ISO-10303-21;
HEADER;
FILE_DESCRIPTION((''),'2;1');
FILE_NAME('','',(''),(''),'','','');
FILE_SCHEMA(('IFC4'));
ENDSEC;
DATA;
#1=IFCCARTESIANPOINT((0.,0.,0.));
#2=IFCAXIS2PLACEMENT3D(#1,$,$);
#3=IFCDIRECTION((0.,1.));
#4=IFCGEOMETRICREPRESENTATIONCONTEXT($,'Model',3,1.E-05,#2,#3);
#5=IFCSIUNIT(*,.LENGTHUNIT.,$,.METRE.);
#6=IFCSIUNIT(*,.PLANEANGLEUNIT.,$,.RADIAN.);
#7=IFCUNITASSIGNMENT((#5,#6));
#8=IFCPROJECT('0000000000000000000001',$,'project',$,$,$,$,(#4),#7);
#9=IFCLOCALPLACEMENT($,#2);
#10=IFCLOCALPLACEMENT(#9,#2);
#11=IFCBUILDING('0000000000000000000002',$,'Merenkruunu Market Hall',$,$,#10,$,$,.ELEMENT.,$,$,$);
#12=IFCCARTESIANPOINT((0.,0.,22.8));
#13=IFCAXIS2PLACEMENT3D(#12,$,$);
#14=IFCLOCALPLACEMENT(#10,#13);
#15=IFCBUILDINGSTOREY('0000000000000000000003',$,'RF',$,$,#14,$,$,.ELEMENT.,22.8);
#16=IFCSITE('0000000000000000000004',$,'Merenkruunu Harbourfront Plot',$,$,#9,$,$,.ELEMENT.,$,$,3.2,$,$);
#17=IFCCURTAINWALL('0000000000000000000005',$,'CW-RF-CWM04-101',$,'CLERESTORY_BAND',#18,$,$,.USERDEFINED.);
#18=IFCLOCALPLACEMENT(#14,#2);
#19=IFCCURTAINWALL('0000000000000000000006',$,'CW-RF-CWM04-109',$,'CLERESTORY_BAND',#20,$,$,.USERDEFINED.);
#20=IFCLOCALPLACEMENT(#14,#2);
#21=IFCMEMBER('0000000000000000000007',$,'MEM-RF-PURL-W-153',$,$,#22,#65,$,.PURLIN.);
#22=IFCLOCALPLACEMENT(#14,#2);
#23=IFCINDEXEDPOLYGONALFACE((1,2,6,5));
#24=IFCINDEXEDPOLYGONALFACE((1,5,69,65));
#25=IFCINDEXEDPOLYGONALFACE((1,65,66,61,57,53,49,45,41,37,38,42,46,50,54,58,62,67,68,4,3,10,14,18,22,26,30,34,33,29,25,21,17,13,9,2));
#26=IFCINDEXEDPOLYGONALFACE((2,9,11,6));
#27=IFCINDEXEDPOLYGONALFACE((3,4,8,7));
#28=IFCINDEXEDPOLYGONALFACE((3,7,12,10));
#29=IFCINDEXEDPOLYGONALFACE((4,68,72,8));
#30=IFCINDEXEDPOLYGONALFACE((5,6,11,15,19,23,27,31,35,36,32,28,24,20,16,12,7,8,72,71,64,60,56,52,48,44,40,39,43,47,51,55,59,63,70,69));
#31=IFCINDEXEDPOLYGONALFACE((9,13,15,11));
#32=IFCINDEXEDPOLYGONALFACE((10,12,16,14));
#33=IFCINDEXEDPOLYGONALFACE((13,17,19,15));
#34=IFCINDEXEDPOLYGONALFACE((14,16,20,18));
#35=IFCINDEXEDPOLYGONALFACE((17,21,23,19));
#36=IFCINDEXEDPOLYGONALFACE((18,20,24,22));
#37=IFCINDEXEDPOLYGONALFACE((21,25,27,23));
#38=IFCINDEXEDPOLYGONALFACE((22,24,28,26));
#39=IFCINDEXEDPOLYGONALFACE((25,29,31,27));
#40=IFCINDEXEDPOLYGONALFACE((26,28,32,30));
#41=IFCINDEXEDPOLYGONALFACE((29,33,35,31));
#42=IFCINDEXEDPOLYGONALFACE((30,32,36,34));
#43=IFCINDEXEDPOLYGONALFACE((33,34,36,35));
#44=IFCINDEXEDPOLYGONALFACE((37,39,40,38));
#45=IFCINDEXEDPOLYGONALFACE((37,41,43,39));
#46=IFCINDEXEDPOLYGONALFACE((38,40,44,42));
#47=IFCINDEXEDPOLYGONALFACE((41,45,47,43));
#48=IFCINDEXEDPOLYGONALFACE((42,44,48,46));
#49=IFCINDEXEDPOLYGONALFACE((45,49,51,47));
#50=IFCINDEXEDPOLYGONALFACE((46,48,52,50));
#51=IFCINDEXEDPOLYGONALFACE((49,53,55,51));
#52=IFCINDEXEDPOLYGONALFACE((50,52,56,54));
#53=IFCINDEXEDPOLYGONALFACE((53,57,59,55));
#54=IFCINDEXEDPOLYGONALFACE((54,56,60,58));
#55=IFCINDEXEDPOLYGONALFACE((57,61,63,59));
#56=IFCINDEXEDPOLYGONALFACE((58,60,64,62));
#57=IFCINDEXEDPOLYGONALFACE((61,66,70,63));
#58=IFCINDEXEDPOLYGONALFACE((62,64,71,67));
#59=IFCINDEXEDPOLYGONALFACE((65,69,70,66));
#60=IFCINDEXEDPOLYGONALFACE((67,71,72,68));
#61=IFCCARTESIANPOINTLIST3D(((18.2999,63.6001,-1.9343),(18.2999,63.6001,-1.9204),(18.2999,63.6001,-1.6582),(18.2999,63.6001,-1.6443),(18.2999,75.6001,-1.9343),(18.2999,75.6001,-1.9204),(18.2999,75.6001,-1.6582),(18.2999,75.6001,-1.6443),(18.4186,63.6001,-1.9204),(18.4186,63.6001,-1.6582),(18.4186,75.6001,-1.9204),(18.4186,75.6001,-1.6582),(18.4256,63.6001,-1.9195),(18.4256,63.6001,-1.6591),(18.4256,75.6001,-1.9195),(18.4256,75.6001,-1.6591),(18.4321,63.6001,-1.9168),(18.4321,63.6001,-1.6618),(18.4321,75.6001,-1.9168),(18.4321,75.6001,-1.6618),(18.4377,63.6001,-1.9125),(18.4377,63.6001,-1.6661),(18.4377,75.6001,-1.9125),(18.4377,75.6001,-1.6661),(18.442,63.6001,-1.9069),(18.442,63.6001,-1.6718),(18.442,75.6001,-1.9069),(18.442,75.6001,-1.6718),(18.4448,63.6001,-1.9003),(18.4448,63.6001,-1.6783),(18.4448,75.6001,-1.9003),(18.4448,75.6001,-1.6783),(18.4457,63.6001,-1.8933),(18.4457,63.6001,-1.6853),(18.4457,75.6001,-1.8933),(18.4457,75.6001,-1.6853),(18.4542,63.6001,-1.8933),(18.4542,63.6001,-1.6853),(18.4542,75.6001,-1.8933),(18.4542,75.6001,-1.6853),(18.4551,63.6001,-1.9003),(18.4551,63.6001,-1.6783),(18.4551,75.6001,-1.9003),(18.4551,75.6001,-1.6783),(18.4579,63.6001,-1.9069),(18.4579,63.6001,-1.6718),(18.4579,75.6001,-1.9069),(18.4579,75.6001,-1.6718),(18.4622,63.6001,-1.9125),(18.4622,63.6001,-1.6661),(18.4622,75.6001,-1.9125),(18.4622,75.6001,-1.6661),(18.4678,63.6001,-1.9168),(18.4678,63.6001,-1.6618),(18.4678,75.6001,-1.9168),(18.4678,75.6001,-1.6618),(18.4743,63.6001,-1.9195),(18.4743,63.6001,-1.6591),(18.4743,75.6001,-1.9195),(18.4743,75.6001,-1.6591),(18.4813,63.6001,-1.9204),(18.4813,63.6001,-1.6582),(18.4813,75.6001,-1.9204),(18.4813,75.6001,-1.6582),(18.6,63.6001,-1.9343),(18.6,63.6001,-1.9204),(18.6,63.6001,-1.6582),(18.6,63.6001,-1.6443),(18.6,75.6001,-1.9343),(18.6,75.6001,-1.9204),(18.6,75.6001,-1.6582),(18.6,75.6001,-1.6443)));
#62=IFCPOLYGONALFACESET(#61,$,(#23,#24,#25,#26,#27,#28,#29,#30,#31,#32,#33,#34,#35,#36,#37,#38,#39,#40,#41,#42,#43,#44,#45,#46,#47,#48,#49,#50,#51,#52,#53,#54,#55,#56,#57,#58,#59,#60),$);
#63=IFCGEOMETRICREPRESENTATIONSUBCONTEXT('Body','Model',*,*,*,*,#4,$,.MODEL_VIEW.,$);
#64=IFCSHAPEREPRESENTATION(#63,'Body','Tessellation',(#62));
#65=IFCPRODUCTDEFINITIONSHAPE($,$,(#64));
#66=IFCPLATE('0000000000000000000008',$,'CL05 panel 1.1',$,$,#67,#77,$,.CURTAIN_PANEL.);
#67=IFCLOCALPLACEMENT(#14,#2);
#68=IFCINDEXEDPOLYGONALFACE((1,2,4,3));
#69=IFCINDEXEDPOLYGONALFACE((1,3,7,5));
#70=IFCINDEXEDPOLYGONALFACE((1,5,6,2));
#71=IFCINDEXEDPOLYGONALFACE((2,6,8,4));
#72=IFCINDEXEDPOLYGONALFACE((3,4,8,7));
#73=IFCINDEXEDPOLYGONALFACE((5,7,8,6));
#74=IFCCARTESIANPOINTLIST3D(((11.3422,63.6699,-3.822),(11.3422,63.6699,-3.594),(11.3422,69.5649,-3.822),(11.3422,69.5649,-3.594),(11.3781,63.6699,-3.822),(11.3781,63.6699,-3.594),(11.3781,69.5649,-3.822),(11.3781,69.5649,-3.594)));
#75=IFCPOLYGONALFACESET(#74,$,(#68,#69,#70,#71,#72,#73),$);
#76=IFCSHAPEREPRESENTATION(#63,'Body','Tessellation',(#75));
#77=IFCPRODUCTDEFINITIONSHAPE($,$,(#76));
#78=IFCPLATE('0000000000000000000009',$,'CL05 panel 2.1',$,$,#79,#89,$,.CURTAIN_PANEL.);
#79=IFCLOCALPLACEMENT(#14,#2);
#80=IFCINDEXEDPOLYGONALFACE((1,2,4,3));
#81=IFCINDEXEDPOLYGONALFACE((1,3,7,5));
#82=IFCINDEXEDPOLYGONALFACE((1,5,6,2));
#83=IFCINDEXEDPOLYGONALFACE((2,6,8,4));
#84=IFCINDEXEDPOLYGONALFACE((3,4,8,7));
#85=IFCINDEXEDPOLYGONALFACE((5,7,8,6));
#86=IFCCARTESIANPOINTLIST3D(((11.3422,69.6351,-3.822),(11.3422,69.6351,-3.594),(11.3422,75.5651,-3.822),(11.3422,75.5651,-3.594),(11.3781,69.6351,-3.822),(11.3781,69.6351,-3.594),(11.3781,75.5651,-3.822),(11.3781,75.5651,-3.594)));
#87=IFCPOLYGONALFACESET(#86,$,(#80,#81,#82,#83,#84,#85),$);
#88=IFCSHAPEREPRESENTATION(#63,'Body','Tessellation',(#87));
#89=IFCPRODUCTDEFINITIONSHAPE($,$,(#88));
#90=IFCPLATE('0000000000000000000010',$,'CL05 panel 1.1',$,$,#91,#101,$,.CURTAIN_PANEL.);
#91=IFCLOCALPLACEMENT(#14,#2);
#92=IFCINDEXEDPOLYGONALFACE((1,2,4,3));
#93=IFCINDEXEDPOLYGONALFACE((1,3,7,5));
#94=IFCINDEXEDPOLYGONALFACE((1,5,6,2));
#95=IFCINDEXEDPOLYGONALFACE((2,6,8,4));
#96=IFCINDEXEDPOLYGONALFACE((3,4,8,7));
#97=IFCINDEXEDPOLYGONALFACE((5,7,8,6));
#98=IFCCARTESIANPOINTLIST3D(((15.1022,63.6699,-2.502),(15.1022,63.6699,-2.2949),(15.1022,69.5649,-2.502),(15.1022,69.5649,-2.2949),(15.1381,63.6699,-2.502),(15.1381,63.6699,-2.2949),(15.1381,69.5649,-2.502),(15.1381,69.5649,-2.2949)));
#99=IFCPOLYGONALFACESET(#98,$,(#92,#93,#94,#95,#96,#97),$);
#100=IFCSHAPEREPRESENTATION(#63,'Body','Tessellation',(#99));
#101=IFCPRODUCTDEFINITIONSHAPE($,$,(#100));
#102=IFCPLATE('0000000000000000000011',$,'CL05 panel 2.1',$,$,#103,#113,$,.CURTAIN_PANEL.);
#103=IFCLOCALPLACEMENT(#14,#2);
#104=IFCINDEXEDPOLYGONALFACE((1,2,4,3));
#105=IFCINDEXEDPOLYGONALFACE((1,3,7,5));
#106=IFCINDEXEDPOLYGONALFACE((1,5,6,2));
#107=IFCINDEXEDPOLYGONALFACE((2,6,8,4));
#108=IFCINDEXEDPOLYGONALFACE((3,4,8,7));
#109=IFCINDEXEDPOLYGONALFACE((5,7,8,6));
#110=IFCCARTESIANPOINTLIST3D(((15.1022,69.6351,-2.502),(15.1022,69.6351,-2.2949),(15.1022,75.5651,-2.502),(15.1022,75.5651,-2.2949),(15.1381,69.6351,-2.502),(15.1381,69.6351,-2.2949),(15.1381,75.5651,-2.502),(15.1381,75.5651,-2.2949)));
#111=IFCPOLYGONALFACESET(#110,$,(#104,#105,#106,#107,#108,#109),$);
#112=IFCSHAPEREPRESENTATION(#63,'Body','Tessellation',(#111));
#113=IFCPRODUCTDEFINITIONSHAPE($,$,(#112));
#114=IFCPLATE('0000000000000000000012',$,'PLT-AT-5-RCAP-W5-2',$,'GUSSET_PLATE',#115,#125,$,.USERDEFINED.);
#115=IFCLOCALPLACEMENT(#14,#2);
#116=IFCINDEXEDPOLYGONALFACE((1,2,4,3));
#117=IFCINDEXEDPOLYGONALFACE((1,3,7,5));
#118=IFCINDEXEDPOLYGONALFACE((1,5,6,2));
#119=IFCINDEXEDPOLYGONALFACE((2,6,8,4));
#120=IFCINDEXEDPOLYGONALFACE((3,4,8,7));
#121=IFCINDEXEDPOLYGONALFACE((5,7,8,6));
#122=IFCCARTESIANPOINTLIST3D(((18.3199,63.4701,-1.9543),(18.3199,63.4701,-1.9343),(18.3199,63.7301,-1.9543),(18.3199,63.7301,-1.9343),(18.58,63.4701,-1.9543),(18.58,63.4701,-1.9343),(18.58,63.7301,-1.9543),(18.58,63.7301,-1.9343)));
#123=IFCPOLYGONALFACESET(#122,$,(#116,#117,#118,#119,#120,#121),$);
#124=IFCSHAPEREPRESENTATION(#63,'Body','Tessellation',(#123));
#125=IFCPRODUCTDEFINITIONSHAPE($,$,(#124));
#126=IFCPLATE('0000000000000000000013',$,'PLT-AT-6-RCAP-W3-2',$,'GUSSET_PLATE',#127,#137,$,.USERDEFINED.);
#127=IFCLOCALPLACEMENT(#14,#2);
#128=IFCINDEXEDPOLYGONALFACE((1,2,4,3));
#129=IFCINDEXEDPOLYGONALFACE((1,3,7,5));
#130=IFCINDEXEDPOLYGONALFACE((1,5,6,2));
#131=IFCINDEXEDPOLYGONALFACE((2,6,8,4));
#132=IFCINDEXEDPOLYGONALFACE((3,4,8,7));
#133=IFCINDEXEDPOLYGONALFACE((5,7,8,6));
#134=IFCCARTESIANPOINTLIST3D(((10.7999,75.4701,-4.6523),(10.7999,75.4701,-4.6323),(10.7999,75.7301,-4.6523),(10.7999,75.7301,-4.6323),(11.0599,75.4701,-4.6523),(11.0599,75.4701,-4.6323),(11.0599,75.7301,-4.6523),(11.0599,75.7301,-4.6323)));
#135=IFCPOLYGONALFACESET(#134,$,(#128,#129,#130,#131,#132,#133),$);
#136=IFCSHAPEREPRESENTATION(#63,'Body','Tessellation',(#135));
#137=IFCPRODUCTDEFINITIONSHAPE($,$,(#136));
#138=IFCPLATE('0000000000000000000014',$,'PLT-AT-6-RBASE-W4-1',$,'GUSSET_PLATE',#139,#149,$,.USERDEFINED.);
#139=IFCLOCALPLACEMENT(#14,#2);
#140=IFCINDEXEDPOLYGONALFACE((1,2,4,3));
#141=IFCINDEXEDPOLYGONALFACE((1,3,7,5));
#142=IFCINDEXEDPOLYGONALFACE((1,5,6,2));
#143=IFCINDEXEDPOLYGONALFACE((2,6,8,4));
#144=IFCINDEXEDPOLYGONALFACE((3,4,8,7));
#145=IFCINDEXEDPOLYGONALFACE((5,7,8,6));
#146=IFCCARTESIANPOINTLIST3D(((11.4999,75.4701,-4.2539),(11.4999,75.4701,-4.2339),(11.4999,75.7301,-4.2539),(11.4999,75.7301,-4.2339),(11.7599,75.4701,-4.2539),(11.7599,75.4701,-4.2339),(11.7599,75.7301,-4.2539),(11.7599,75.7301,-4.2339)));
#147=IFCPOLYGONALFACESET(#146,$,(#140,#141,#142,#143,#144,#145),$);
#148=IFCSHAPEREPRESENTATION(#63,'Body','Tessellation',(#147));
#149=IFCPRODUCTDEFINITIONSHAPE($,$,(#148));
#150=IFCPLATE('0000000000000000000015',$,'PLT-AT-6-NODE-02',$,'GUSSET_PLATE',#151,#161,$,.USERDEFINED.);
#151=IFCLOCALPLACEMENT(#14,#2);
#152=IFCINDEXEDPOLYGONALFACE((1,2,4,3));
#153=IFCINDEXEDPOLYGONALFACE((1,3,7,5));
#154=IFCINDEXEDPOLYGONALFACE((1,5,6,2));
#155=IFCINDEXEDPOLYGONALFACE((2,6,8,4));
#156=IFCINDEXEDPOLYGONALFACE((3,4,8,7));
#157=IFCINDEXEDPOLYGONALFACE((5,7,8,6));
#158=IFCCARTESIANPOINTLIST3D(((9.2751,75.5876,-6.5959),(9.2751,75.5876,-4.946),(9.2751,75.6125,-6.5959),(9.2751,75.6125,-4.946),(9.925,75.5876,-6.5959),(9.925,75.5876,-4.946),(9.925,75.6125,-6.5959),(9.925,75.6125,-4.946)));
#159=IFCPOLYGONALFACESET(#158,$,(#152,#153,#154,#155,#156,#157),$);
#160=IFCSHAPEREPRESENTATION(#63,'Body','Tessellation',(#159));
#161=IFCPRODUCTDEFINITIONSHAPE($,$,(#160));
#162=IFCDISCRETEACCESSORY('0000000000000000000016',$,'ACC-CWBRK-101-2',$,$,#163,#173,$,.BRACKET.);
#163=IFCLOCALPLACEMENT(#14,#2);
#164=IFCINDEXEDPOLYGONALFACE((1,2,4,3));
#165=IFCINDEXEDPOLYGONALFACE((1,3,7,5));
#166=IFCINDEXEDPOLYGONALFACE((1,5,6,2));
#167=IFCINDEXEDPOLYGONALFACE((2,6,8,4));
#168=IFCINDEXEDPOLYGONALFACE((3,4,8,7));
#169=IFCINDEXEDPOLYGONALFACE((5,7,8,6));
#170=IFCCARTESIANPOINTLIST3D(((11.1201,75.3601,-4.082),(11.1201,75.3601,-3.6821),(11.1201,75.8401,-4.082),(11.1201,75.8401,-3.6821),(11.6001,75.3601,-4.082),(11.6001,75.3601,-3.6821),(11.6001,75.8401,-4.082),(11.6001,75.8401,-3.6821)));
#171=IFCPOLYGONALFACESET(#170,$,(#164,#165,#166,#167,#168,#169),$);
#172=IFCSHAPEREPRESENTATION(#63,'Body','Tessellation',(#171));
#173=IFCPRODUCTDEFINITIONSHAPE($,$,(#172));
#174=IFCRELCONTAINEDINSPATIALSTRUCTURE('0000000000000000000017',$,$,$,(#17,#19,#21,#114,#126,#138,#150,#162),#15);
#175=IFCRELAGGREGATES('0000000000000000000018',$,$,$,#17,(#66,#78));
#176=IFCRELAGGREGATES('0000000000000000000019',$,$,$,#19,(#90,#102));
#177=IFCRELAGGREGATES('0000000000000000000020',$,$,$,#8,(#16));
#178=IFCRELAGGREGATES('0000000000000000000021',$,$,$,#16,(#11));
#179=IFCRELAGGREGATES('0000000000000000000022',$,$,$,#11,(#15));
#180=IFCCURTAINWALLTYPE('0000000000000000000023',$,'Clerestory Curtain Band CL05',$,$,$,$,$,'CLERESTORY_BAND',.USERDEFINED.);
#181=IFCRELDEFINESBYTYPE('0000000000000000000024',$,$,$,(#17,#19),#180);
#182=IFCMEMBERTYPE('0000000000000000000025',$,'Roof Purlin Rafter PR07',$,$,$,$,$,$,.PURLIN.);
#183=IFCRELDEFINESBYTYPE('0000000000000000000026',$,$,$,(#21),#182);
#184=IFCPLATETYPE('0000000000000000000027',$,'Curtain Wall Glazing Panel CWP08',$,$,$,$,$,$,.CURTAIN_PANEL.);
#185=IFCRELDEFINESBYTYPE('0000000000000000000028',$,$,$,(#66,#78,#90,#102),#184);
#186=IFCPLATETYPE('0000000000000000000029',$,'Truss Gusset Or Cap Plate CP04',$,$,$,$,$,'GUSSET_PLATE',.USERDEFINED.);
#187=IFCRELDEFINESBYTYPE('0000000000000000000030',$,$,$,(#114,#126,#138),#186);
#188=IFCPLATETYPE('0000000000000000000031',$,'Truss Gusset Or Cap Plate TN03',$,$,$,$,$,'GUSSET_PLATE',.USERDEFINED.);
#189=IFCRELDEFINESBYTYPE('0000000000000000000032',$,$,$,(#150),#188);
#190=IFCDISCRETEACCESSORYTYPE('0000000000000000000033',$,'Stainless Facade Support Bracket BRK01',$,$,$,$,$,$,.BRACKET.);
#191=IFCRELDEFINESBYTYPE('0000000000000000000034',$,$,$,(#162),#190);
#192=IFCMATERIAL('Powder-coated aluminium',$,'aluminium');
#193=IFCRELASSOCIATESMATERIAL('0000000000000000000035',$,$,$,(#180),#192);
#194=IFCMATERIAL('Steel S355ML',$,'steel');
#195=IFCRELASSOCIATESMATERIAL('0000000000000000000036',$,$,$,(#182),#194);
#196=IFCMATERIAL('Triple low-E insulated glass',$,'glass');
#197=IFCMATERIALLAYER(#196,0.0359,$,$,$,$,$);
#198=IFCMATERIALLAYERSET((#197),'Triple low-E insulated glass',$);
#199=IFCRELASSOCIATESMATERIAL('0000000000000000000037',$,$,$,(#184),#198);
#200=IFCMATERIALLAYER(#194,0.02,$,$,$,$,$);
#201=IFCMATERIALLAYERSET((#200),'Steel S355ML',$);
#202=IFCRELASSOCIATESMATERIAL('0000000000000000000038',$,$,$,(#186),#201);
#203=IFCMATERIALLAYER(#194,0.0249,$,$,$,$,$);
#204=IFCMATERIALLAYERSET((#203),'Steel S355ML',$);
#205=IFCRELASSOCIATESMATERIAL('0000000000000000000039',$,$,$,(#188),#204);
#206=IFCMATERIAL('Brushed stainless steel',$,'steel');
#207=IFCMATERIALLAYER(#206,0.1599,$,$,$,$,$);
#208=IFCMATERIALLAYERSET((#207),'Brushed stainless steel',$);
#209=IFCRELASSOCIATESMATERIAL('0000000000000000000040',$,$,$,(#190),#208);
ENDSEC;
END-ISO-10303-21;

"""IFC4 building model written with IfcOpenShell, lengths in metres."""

from ifc_helpers import new_model, si_unit, direction, frame, origin, origin_2d, place, context, subcontext, project, spatial, rectangle, i_section, extrude, material, layer, layer_set, material_profile, profile_set, type_object, element, aggregate, save


model = new_model("IFC4")

# Units and contexts
model_context = context("Model", 3, precision=1e-05, world=origin(), true_north=direction((0.0, 1.0)))
body_context = subcontext(model_context, "Body", "Model", "MODEL_VIEW")
ifc_project = project(units=[si_unit("LENGTHUNIT", "METRE"), si_unit("PLANEANGLEUNIT", "RADIAN")], contexts=[model_context])

# Site, building, storey
site_placement = place(None, origin())
site = spatial("IfcSite", under=ifc_project, at=site_placement, Name="Merenkruunu Harbourfront Plot", CompositionType="ELEMENT", RefElevation=3.2)
building_placement = place(site_placement, origin())
building = spatial("IfcBuilding", under=site, at=building_placement, Name="Merenkruunu Market Hall", CompositionType="ELEMENT")
storey_placement = place(building_placement, frame((0.0, 0.0, 22.8)))
storey = spatial("IfcBuildingStorey", under=building, at=storey_placement, Name="RF", CompositionType="ELEMENT", Elevation=22.8)

# Shared definitions
ifc_material_1 = material(Name="Steel S355ML", Category="steel")

# Curtain walls
ifc_material_2 = material(Name="Powder-coated aluminium", Category="aluminium")
curtain_wall_type = type_object("IfcCurtainWallType", Name="Clerestory Curtain Band CL05", ElementType="CLERESTORY_BAND", PredefinedType="USERDEFINED", material=ifc_material_2)
curtain_wall_1_placement = place(storey_placement, origin())
curtain_wall_1 = element("IfcCurtainWall", 1, at=curtain_wall_1_placement, inside=storey, type_object=curtain_wall_type, Name="CW-RF-CWM04-101", ObjectType="CLERESTORY_BAND", PredefinedType="USERDEFINED")
curtain_wall_2_placement = place(storey_placement, origin())
curtain_wall_2 = element("IfcCurtainWall", 2, at=curtain_wall_2_placement, inside=storey, type_object=curtain_wall_type, Name="CW-RF-CWM04-109", ObjectType="CLERESTORY_BAND", PredefinedType="USERDEFINED")

# Member
ifc_material_profile_1 = material_profile(ifc_material_1, i_section(OverallWidth=0.3, OverallDepth=0.29, WebThickness=0.0085, FlangeThickness=0.0139, FilletRadius=0.0271, at=origin_2d()), Name="HEA 300")
ifc_profile_set_1 = profile_set([ifc_material_profile_1], Name="Steel S355ML")
member_type_1 = type_object("IfcMemberType", Name="Roof Purlin Rafter PR07", PredefinedType="PURLIN", material=ifc_profile_set_1)
member_1_placement = place(storey_placement, frame((18.45, 63.6001, -1.7893), z_axis=(0.0, 1.0, 0.0), x_axis=(-1.0, 0.0, 0.0)))
element("IfcMember", 3, at=member_1_placement, inside=storey, type_object=member_type_1, Name="MEM-RF-PURL-W-153", PredefinedType="PURLIN", context=body_context, shape_type="SweptSolid", body=[
    extrude(i_section(OverallWidth=0.3, OverallDepth=0.29, WebThickness=0.0085, FlangeThickness=0.0139, FilletRadius=0.0271, at=origin_2d()), origin(), (0.0, 0.0, 1.0), 12.0),
])

# Plates
ifc_material_3 = material(Name="Triple low-E insulated glass", Category="glass")
ifc_layer_1 = layer(ifc_material_3, 0.0359)
ifc_layer_set_1 = layer_set([ifc_layer_1], Name="Triple low-E insulated glass")
plate_type_1 = type_object("IfcPlateType", Name="Curtain Wall Glazing Panel CWP08", PredefinedType="CURTAIN_PANEL", material=ifc_layer_set_1)
plate_1_placement = place(storey_placement, frame((11.3601, 66.6174, -3.822), z_axis=(0.0, 0.0, 1.0), x_axis=(0.0, 1.0, 0.0)))
plate_1 = element("IfcPlate", 4, at=plate_1_placement, type_object=plate_type_1, Name="CL05 panel 1.1", PredefinedType="CURTAIN_PANEL", context=body_context, shape_type="SweptSolid", body=[
    extrude(rectangle(XDim=5.895, YDim=0.0359, at=origin_2d()), origin(), (0.0, 0.0, 1.0), 0.228),
])
plate_2_placement = place(storey_placement, frame((11.3601, 72.6001, -3.822), z_axis=(0.0, 0.0, 1.0), x_axis=(0.0, 1.0, 0.0)))
plate_2 = element("IfcPlate", 5, at=plate_2_placement, type_object=plate_type_1, Name="CL05 panel 2.1", PredefinedType="CURTAIN_PANEL", context=body_context, shape_type="SweptSolid", body=[
    extrude(rectangle(XDim=5.9299, YDim=0.0359, at=origin_2d()), origin(), (0.0, 0.0, 1.0), 0.228),
])
aggregate(curtain_wall_1, [plate_1, plate_2])
plate_3_placement = place(storey_placement, frame((15.1201, 66.6174, -2.502), z_axis=(0.0, 0.0, 1.0), x_axis=(0.0, 1.0, 0.0)))
plate_3 = element("IfcPlate", 6, at=plate_3_placement, type_object=plate_type_1, Name="CL05 panel 1.1", PredefinedType="CURTAIN_PANEL", context=body_context, shape_type="SweptSolid", body=[
    extrude(rectangle(XDim=5.895, YDim=0.0359, at=origin_2d()), origin(), (0.0, 0.0, 1.0), 0.207),
])
plate_4_placement = place(storey_placement, frame((15.1201, 72.6001, -2.502), z_axis=(0.0, 0.0, 1.0), x_axis=(0.0, 1.0, 0.0)))
plate_4 = element("IfcPlate", 7, at=plate_4_placement, type_object=plate_type_1, Name="CL05 panel 2.1", PredefinedType="CURTAIN_PANEL", context=body_context, shape_type="SweptSolid", body=[
    extrude(rectangle(XDim=5.9299, YDim=0.0359, at=origin_2d()), origin(), (0.0, 0.0, 1.0), 0.207),
])
aggregate(curtain_wall_2, [plate_3, plate_4])

# Plates
ifc_layer_2 = layer(ifc_material_1, 0.02)
ifc_layer_set_2 = layer_set([ifc_layer_2], Name="Steel S355ML")
plate_type_2 = type_object("IfcPlateType", Name="Truss Gusset Or Cap Plate CP04", ElementType="GUSSET_PLATE", PredefinedType="USERDEFINED", material=ifc_layer_set_2)
for number, where, z_axis, x_axis, name in (
    (8, (18.45, 63.6001, -1.9543), (0.0, 0.0, 1.0), (1.0, 0.0, 0.0), "PLT-AT-5-RCAP-W5-2"),
    (9, (10.9299, 75.6001, -4.6523), (0.0, 0.0, 1.0), (1.0, 0.0, 0.0), "PLT-AT-6-RCAP-W3-2"),
    (10, (11.6299, 75.6001, -4.2539), (0.0, 0.0, 1.0), (1.0, 0.0, 0.0), "PLT-AT-6-RBASE-W4-1"),
):
    element("IfcPlate", number, at=place(storey_placement, frame(where, z_axis=z_axis, x_axis=x_axis)), inside=storey, type_object=plate_type_2, Name=name, ObjectType="GUSSET_PLATE", PredefinedType="USERDEFINED", context=body_context, shape_type="SweptSolid", body=[
        extrude(rectangle(XDim=0.26, YDim=0.26, at=origin_2d()), origin(), (0.0, 0.0, 1.0), 0.02),
    ])
ifc_layer_3 = layer(ifc_material_1, 0.0249)
ifc_layer_set_3 = layer_set([ifc_layer_3], Name="Steel S355ML")
plate_type_3 = type_object("IfcPlateType", Name="Truss Gusset Or Cap Plate TN03", ElementType="GUSSET_PLATE", PredefinedType="USERDEFINED", material=ifc_layer_set_3)
plate_5_placement = place(storey_placement, frame((9.6001, 75.6001, -6.5959), z_axis=(0.0, 0.0, 1.0), x_axis=(1.0, 0.0, 0.0)))
element("IfcPlate", 11, at=plate_5_placement, inside=storey, type_object=plate_type_3, Name="PLT-AT-6-NODE-02", ObjectType="GUSSET_PLATE", PredefinedType="USERDEFINED", context=body_context, shape_type="SweptSolid", body=[
    extrude(rectangle(XDim=0.6499, YDim=0.0249, at=origin_2d()), origin(), (0.0, 0.0, 1.0), 1.6499),
])

# Discrete accessory
ifc_material_4 = material(Name="Brushed stainless steel", Category="steel")
ifc_layer_4 = layer(ifc_material_4, 0.1599)
ifc_layer_set_4 = layer_set([ifc_layer_4], Name="Brushed stainless steel")
discrete_accessory_type = type_object("IfcDiscreteAccessoryType", Name="Stainless Facade Support Bracket BRK01", PredefinedType="BRACKET", material=ifc_layer_set_4)
discrete_accessory_placement = place(storey_placement, frame((11.3601, 75.6001, -4.082), z_axis=(0.0, 0.0, 1.0), x_axis=(1.0, 0.0, 0.0)))
element("IfcDiscreteAccessory", 12, at=discrete_accessory_placement, inside=storey, type_object=discrete_accessory_type, Name="ACC-CWBRK-101-2", PredefinedType="BRACKET", context=body_context, shape_type="SweptSolid", body=[
    extrude(rectangle(XDim=0.48, YDim=0.48, at=origin_2d()), origin(), (0.0, 0.0, 1.0), 0.3999),
])

save(model, "model.ifc")
